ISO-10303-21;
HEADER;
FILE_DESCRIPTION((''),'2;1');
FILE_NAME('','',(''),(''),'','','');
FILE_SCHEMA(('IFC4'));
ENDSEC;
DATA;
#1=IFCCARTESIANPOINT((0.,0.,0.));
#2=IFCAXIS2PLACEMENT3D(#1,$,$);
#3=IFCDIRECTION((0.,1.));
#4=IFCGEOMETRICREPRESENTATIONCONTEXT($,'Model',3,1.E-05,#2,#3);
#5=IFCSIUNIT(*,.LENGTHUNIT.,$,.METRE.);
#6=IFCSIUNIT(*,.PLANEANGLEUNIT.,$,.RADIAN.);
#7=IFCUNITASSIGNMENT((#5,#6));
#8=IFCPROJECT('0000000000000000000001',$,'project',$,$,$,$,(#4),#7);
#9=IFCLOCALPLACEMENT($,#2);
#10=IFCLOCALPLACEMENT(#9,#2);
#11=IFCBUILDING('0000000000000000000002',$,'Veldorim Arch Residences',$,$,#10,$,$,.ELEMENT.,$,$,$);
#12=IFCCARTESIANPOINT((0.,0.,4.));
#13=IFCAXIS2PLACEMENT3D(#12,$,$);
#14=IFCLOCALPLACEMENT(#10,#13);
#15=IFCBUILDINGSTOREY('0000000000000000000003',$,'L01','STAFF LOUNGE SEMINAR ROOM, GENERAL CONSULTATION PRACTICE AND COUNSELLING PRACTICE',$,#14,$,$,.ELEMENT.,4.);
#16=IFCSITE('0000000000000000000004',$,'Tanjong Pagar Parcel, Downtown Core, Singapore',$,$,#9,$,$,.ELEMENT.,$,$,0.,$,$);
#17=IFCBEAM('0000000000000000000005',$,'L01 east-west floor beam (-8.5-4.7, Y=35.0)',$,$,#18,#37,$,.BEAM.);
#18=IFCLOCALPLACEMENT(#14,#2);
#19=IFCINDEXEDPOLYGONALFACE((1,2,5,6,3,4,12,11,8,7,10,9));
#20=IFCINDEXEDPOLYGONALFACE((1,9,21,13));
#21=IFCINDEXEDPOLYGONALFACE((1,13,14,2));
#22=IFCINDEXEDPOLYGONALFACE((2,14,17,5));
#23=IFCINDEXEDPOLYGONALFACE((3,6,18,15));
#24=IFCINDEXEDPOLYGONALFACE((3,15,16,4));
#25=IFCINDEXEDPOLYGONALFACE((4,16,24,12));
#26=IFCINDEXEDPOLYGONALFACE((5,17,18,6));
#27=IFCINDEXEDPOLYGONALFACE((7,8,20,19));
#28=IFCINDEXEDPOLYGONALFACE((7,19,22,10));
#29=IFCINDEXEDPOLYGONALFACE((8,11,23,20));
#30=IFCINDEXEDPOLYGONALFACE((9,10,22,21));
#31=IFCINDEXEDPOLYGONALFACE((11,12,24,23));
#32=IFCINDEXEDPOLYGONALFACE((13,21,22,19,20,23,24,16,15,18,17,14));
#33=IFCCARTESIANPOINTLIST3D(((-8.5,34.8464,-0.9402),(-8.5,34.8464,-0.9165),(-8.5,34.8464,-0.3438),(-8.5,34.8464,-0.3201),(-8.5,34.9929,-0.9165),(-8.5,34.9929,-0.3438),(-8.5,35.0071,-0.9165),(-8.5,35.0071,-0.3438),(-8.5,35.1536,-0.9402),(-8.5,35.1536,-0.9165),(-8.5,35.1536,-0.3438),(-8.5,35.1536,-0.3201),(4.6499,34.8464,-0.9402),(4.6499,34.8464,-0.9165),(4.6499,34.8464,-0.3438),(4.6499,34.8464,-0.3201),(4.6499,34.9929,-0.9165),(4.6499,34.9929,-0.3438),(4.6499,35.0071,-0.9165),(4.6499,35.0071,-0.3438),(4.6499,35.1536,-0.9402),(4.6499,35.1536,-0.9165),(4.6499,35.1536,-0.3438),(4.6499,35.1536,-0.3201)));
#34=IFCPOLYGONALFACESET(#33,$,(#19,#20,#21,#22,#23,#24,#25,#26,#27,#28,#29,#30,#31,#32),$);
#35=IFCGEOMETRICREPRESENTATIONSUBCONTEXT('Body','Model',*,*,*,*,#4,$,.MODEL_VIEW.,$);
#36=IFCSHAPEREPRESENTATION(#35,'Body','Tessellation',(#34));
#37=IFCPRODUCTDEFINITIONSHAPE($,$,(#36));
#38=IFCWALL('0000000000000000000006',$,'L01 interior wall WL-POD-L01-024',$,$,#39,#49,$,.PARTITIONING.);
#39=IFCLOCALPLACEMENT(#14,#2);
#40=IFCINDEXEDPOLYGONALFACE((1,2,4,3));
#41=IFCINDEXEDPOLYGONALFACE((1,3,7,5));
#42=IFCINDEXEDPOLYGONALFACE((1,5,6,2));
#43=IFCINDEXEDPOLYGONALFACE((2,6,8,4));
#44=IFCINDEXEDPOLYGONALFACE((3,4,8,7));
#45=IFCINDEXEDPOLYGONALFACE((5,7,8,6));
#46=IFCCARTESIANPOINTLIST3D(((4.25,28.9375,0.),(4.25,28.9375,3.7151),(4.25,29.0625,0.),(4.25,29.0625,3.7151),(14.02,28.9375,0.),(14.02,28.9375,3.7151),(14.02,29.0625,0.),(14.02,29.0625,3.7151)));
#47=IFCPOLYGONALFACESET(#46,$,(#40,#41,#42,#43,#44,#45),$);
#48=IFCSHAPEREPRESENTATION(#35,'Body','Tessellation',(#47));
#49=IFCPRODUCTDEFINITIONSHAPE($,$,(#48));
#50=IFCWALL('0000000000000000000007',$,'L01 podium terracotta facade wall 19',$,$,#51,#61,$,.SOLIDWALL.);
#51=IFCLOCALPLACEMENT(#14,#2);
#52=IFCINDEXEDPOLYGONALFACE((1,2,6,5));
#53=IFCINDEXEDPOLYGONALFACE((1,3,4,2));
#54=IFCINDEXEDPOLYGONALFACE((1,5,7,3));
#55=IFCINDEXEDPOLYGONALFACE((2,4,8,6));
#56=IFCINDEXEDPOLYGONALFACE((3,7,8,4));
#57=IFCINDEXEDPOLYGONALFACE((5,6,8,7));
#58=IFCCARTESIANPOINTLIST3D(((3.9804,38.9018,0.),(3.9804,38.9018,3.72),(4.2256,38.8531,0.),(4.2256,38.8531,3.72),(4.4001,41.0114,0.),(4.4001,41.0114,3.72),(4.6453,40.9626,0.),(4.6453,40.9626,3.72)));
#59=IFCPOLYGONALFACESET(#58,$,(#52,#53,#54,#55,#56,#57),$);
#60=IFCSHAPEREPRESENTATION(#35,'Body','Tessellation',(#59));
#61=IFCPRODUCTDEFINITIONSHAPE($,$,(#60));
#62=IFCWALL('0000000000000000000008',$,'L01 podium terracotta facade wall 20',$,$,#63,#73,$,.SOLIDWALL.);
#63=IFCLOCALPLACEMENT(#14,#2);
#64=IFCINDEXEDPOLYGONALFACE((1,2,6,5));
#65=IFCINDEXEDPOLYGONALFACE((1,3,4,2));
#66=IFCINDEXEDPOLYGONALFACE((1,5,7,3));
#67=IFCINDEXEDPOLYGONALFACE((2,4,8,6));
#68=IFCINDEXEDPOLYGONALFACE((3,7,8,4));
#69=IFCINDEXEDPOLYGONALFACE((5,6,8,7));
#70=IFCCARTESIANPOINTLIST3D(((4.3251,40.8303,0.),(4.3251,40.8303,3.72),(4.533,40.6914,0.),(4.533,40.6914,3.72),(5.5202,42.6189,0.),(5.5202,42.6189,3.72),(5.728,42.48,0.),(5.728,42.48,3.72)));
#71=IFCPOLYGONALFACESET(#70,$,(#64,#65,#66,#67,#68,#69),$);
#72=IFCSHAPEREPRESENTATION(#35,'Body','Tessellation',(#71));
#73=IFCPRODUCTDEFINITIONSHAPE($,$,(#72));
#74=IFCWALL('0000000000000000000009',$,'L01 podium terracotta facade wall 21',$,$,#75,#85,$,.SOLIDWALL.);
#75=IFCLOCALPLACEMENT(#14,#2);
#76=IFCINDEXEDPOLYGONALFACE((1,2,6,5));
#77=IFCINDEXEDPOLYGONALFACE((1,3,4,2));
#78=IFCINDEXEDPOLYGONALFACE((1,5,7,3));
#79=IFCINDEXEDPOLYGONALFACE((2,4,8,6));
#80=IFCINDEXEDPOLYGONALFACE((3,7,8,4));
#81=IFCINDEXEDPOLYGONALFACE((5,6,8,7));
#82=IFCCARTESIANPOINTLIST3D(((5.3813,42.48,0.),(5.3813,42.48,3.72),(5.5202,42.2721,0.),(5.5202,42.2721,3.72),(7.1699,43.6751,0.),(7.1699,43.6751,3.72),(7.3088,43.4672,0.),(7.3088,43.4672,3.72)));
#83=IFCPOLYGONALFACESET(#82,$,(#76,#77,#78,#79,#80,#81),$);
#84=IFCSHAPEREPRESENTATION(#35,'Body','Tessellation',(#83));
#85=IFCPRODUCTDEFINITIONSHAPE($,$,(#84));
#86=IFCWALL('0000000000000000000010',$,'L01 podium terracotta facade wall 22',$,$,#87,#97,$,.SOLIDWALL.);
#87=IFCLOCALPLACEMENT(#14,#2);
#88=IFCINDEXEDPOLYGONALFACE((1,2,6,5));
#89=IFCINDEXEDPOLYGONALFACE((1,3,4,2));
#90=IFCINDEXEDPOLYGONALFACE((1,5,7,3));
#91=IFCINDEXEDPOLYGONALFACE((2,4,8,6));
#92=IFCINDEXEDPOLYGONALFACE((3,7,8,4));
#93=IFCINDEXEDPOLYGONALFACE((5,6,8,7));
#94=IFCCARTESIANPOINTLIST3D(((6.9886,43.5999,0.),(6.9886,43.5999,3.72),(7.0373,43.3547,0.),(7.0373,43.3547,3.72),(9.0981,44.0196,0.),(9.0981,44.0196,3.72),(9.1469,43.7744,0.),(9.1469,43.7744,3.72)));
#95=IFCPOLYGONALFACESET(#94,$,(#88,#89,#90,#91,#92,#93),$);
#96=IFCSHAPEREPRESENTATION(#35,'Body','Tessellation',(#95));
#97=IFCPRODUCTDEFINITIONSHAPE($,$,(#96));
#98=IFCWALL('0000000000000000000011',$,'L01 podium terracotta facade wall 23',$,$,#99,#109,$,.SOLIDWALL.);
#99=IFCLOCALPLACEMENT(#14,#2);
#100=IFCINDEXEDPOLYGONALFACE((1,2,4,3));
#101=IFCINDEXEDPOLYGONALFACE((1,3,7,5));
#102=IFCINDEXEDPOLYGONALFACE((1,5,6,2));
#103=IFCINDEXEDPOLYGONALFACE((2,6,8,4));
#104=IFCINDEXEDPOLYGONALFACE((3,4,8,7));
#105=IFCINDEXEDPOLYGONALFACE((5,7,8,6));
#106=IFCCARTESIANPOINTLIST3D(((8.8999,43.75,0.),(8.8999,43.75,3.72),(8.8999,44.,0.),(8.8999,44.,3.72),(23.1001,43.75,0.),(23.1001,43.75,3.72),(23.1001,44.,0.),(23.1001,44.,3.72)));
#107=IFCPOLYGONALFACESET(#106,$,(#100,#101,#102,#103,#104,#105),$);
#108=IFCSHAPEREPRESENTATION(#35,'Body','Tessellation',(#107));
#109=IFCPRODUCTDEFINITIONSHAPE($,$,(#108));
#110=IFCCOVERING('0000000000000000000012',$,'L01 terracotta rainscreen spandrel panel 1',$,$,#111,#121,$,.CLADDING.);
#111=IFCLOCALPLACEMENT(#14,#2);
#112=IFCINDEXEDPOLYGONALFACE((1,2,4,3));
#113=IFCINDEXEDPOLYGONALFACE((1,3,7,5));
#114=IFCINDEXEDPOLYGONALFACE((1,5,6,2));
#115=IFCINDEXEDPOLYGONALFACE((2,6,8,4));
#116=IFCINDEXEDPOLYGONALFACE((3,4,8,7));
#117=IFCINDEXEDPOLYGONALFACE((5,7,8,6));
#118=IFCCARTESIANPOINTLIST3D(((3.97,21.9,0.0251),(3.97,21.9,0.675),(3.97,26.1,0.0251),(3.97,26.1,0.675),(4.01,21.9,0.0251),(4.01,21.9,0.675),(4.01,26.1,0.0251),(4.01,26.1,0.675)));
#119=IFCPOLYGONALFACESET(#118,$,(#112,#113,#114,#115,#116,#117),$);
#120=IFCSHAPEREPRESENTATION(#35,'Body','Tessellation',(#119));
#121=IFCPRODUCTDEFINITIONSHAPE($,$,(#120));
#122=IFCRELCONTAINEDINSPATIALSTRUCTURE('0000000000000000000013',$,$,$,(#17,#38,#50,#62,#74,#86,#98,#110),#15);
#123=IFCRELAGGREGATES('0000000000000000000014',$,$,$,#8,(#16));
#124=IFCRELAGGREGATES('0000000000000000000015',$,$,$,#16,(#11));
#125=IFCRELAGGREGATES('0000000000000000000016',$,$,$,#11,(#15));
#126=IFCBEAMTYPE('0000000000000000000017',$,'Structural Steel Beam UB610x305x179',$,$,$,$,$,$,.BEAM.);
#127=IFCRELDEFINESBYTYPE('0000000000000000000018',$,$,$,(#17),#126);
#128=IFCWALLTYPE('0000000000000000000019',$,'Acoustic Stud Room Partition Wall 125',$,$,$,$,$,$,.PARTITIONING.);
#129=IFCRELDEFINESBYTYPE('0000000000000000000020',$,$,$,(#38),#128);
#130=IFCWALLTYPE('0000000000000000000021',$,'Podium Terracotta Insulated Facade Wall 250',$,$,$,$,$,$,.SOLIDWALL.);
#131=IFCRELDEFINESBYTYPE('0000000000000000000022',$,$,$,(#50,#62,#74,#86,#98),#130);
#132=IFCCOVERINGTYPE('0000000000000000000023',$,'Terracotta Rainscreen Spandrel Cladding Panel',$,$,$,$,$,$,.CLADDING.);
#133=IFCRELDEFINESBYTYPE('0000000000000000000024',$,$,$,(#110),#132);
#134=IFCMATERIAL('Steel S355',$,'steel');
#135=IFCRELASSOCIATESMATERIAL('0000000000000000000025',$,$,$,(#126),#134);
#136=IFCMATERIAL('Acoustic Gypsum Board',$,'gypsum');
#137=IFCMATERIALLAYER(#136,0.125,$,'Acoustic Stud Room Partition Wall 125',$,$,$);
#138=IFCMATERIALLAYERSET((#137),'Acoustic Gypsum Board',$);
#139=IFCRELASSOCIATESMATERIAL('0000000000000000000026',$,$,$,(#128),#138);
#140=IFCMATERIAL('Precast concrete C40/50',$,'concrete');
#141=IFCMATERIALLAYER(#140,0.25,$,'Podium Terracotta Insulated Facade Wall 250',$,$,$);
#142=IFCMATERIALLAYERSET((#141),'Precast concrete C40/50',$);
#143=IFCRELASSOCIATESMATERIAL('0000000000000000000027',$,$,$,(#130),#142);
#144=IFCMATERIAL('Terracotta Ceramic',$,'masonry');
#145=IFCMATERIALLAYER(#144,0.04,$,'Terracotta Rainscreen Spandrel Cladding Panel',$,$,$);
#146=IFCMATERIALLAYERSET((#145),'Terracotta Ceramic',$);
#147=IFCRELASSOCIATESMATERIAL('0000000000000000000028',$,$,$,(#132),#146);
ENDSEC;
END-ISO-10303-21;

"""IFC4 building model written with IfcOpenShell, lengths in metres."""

from ifc_helpers import new_model, si_unit, direction, frame, frame_2d, origin, origin_2d, place, context, subcontext, project, spatial, rectangle, i_section, extrude, material, layer, layer_set, material_profile, profile_set, type_object, element, save


model = new_model("IFC4")

# Units and contexts
model_context = context("Model", 3, precision=1e-05, world=origin(), true_north=direction((0.0, 1.0)))
body_context = subcontext(model_context, "Body", "Model", "MODEL_VIEW")
ifc_project = project(units=[si_unit("LENGTHUNIT", "METRE"), si_unit("PLANEANGLEUNIT", "RADIAN")], contexts=[model_context])

# Site, building, storey
site_placement = place(None, origin())
site = spatial("IfcSite", under=ifc_project, at=site_placement, Name="Tanjong Pagar Parcel, Downtown Core, Singapore", CompositionType="ELEMENT", RefElevation=0.0)
building_placement = place(site_placement, origin())
building = spatial("IfcBuilding", under=site, at=building_placement, Name="Veldorim Arch Residences", CompositionType="ELEMENT")
storey_placement = place(building_placement, frame((0.0, 0.0, 4.0)))
storey = spatial("IfcBuildingStorey", under=building, at=storey_placement, Name="L01", Description="STAFF LOUNGE SEMINAR ROOM, GENERAL CONSULTATION PRACTICE AND COUNSELLING PRACTICE", CompositionType="ELEMENT", Elevation=4.0)

# Beam
ifc_material_1 = material(Name="Steel S355", Category="steel")
ifc_material_profile_1 = material_profile(ifc_material_1, i_section(OverallWidth=0.3071, OverallDepth=0.6201, WebThickness=0.0142, FlangeThickness=0.0237, at=origin_2d()), Name="UB610x305x179")
ifc_profile_set_1 = profile_set([ifc_material_profile_1], Name="Steel S355")
beam_type_1 = type_object("IfcBeamType", Name="Structural Steel Beam UB610x305x179", PredefinedType="BEAM", material=ifc_profile_set_1)
for number, where, z_axis, x_axis, name in (
    (1, (-8.5, 35.0, -0.6301), (1.0, 0.0, 0.0), (0.0, 1.0, 0.0), "L01 east-west floor beam (-8.5-4.7, Y=35.0)"),
):
    element("IfcBeam", number, at=place(storey_placement, frame(where, z_axis=z_axis, x_axis=x_axis)), inside=storey, type_object=beam_type_1, Name=name, PredefinedType="BEAM", context=body_context, shape_type="SweptSolid", body=[
        extrude(i_section(OverallWidth=0.3071, OverallDepth=0.6201, WebThickness=0.0142, FlangeThickness=0.0237, at=origin_2d()), origin(), (0.0, 0.0, 1.0), 13.1499),
    ])

# Walls
ifc_material_2 = material(Name="Acoustic Gypsum Board", Category="gypsum")
ifc_layer_1 = layer(ifc_material_2, 0.125, Name="Acoustic Stud Room Partition Wall 125")
ifc_layer_set_1 = layer_set([ifc_layer_1], Name="Acoustic Gypsum Board")
wall_type_1 = type_object("IfcWallType", Name="Acoustic Stud Room Partition Wall 125", PredefinedType="PARTITIONING", material=ifc_layer_set_1)
wall_1_placement = place(storey_placement, frame((4.25, 29.0, 0.0), z_axis=(0.0, 0.0, 1.0), x_axis=(1.0, 0.0, 0.0)))
element("IfcWall", 2, at=wall_1_placement, inside=storey, type_object=wall_type_1, Name="L01 interior wall WL-POD-L01-024", PredefinedType="PARTITIONING", context=body_context, shape_type="SweptSolid", body=[
    extrude(rectangle(XDim=9.77, YDim=0.125, at=frame_2d((4.885, 0.0))), origin(), (0.0, 0.0, 1.0), 3.7151),
])
ifc_material_3 = material(Name="Precast concrete C40/50", Category="concrete")
ifc_layer_2 = layer(ifc_material_3, 0.25, Name="Podium Terracotta Insulated Facade Wall 250")
ifc_layer_set_2 = layer_set([ifc_layer_2], Name="Precast concrete C40/50")
wall_type_2 = type_object("IfcWallType", Name="Podium Terracotta Insulated Facade Wall 250", PredefinedType="SOLIDWALL", material=ifc_layer_set_2)
wall_2_placement = place(storey_placement, frame((4.103, 38.8774, 0.0), z_axis=(0.0, 0.0, 1.0), x_axis=(0.195112, 0.980781, 0.0)))
element("IfcWall", 3, at=wall_2_placement, inside=storey, type_object=wall_type_2, Name="L01 podium terracotta facade wall 19", PredefinedType="SOLIDWALL", context=body_context, shape_type="SweptSolid", body=[
    extrude(rectangle(XDim=2.1509, YDim=0.25, at=frame_2d((1.0754, 0.0))), origin(), (0.0, 0.0, 1.0), 3.72),
])
for number, where, z_axis, x_axis, name in (
    (4, (4.429, 40.7607, 0.0), (0.0, 0.0, 1.0), (0.555564, 0.831474, 0.0), "L01 podium terracotta facade wall 20"),
    (5, (5.4507, 42.376, 0.0), (0.0, 0.0, 1.0), (0.831474, 0.555564, 0.0), "L01 podium terracotta facade wall 21"),
):
    element("IfcWall", number, at=place(storey_placement, frame(where, z_axis=z_axis, x_axis=x_axis)), inside=storey, type_object=wall_type_2, Name=name, PredefinedType="SOLIDWALL", context=body_context, shape_type="SweptSolid", body=[
        extrude(rectangle(XDim=2.1511, YDim=0.25, at=frame_2d((1.0757, 0.0))), origin(), (0.0, 0.0, 1.0), 3.72),
    ])
wall_3_placement = place(storey_placement, frame((7.0129, 43.4773, 0.0), z_axis=(0.0, 0.0, 1.0), x_axis=(0.980781, 0.195112, 0.0)))
element("IfcWall", 6, at=wall_3_placement, inside=storey, type_object=wall_type_2, Name="L01 podium terracotta facade wall 22", PredefinedType="SOLIDWALL", context=body_context, shape_type="SweptSolid", body=[
    extrude(rectangle(XDim=2.1509, YDim=0.25, at=frame_2d((1.0754, 0.0))), origin(), (0.0, 0.0, 1.0), 3.72),
])
wall_4_placement = place(storey_placement, frame((8.8999, 43.875, 0.0), z_axis=(0.0, 0.0, 1.0), x_axis=(1.0, 0.0, 0.0)))
element("IfcWall", 7, at=wall_4_placement, inside=storey, type_object=wall_type_2, Name="L01 podium terracotta facade wall 23", PredefinedType="SOLIDWALL", context=body_context, shape_type="SweptSolid", body=[
    extrude(rectangle(XDim=14.2002, YDim=0.25, at=frame_2d((7.1001, 0.0))), origin(), (0.0, 0.0, 1.0), 3.72),
])

# Covering
ifc_material_4 = material(Name="Terracotta Ceramic", Category="masonry")
ifc_layer_3 = layer(ifc_material_4, 0.04, Name="Terracotta Rainscreen Spandrel Cladding Panel")
ifc_layer_set_3 = layer_set([ifc_layer_3], Name="Terracotta Ceramic")
covering_type = type_object("IfcCoveringType", Name="Terracotta Rainscreen Spandrel Cladding Panel", PredefinedType="CLADDING", material=ifc_layer_set_3)
covering_placement = place(storey_placement, frame((3.99, 24.0, 0.0251), z_axis=(0.0, 0.0, 1.0), x_axis=(0.0, 1.0, 0.0)))
element("IfcCovering", 8, at=covering_placement, inside=storey, type_object=covering_type, Name="L01 terracotta rainscreen spandrel panel 1", PredefinedType="CLADDING", context=body_context, shape_type="SweptSolid", body=[
    extrude(rectangle(XDim=4.2, YDim=0.04, at=origin_2d()), origin(), (0.0, 0.0, 1.0), 0.6499),
])

save(model, "model.ifc")
